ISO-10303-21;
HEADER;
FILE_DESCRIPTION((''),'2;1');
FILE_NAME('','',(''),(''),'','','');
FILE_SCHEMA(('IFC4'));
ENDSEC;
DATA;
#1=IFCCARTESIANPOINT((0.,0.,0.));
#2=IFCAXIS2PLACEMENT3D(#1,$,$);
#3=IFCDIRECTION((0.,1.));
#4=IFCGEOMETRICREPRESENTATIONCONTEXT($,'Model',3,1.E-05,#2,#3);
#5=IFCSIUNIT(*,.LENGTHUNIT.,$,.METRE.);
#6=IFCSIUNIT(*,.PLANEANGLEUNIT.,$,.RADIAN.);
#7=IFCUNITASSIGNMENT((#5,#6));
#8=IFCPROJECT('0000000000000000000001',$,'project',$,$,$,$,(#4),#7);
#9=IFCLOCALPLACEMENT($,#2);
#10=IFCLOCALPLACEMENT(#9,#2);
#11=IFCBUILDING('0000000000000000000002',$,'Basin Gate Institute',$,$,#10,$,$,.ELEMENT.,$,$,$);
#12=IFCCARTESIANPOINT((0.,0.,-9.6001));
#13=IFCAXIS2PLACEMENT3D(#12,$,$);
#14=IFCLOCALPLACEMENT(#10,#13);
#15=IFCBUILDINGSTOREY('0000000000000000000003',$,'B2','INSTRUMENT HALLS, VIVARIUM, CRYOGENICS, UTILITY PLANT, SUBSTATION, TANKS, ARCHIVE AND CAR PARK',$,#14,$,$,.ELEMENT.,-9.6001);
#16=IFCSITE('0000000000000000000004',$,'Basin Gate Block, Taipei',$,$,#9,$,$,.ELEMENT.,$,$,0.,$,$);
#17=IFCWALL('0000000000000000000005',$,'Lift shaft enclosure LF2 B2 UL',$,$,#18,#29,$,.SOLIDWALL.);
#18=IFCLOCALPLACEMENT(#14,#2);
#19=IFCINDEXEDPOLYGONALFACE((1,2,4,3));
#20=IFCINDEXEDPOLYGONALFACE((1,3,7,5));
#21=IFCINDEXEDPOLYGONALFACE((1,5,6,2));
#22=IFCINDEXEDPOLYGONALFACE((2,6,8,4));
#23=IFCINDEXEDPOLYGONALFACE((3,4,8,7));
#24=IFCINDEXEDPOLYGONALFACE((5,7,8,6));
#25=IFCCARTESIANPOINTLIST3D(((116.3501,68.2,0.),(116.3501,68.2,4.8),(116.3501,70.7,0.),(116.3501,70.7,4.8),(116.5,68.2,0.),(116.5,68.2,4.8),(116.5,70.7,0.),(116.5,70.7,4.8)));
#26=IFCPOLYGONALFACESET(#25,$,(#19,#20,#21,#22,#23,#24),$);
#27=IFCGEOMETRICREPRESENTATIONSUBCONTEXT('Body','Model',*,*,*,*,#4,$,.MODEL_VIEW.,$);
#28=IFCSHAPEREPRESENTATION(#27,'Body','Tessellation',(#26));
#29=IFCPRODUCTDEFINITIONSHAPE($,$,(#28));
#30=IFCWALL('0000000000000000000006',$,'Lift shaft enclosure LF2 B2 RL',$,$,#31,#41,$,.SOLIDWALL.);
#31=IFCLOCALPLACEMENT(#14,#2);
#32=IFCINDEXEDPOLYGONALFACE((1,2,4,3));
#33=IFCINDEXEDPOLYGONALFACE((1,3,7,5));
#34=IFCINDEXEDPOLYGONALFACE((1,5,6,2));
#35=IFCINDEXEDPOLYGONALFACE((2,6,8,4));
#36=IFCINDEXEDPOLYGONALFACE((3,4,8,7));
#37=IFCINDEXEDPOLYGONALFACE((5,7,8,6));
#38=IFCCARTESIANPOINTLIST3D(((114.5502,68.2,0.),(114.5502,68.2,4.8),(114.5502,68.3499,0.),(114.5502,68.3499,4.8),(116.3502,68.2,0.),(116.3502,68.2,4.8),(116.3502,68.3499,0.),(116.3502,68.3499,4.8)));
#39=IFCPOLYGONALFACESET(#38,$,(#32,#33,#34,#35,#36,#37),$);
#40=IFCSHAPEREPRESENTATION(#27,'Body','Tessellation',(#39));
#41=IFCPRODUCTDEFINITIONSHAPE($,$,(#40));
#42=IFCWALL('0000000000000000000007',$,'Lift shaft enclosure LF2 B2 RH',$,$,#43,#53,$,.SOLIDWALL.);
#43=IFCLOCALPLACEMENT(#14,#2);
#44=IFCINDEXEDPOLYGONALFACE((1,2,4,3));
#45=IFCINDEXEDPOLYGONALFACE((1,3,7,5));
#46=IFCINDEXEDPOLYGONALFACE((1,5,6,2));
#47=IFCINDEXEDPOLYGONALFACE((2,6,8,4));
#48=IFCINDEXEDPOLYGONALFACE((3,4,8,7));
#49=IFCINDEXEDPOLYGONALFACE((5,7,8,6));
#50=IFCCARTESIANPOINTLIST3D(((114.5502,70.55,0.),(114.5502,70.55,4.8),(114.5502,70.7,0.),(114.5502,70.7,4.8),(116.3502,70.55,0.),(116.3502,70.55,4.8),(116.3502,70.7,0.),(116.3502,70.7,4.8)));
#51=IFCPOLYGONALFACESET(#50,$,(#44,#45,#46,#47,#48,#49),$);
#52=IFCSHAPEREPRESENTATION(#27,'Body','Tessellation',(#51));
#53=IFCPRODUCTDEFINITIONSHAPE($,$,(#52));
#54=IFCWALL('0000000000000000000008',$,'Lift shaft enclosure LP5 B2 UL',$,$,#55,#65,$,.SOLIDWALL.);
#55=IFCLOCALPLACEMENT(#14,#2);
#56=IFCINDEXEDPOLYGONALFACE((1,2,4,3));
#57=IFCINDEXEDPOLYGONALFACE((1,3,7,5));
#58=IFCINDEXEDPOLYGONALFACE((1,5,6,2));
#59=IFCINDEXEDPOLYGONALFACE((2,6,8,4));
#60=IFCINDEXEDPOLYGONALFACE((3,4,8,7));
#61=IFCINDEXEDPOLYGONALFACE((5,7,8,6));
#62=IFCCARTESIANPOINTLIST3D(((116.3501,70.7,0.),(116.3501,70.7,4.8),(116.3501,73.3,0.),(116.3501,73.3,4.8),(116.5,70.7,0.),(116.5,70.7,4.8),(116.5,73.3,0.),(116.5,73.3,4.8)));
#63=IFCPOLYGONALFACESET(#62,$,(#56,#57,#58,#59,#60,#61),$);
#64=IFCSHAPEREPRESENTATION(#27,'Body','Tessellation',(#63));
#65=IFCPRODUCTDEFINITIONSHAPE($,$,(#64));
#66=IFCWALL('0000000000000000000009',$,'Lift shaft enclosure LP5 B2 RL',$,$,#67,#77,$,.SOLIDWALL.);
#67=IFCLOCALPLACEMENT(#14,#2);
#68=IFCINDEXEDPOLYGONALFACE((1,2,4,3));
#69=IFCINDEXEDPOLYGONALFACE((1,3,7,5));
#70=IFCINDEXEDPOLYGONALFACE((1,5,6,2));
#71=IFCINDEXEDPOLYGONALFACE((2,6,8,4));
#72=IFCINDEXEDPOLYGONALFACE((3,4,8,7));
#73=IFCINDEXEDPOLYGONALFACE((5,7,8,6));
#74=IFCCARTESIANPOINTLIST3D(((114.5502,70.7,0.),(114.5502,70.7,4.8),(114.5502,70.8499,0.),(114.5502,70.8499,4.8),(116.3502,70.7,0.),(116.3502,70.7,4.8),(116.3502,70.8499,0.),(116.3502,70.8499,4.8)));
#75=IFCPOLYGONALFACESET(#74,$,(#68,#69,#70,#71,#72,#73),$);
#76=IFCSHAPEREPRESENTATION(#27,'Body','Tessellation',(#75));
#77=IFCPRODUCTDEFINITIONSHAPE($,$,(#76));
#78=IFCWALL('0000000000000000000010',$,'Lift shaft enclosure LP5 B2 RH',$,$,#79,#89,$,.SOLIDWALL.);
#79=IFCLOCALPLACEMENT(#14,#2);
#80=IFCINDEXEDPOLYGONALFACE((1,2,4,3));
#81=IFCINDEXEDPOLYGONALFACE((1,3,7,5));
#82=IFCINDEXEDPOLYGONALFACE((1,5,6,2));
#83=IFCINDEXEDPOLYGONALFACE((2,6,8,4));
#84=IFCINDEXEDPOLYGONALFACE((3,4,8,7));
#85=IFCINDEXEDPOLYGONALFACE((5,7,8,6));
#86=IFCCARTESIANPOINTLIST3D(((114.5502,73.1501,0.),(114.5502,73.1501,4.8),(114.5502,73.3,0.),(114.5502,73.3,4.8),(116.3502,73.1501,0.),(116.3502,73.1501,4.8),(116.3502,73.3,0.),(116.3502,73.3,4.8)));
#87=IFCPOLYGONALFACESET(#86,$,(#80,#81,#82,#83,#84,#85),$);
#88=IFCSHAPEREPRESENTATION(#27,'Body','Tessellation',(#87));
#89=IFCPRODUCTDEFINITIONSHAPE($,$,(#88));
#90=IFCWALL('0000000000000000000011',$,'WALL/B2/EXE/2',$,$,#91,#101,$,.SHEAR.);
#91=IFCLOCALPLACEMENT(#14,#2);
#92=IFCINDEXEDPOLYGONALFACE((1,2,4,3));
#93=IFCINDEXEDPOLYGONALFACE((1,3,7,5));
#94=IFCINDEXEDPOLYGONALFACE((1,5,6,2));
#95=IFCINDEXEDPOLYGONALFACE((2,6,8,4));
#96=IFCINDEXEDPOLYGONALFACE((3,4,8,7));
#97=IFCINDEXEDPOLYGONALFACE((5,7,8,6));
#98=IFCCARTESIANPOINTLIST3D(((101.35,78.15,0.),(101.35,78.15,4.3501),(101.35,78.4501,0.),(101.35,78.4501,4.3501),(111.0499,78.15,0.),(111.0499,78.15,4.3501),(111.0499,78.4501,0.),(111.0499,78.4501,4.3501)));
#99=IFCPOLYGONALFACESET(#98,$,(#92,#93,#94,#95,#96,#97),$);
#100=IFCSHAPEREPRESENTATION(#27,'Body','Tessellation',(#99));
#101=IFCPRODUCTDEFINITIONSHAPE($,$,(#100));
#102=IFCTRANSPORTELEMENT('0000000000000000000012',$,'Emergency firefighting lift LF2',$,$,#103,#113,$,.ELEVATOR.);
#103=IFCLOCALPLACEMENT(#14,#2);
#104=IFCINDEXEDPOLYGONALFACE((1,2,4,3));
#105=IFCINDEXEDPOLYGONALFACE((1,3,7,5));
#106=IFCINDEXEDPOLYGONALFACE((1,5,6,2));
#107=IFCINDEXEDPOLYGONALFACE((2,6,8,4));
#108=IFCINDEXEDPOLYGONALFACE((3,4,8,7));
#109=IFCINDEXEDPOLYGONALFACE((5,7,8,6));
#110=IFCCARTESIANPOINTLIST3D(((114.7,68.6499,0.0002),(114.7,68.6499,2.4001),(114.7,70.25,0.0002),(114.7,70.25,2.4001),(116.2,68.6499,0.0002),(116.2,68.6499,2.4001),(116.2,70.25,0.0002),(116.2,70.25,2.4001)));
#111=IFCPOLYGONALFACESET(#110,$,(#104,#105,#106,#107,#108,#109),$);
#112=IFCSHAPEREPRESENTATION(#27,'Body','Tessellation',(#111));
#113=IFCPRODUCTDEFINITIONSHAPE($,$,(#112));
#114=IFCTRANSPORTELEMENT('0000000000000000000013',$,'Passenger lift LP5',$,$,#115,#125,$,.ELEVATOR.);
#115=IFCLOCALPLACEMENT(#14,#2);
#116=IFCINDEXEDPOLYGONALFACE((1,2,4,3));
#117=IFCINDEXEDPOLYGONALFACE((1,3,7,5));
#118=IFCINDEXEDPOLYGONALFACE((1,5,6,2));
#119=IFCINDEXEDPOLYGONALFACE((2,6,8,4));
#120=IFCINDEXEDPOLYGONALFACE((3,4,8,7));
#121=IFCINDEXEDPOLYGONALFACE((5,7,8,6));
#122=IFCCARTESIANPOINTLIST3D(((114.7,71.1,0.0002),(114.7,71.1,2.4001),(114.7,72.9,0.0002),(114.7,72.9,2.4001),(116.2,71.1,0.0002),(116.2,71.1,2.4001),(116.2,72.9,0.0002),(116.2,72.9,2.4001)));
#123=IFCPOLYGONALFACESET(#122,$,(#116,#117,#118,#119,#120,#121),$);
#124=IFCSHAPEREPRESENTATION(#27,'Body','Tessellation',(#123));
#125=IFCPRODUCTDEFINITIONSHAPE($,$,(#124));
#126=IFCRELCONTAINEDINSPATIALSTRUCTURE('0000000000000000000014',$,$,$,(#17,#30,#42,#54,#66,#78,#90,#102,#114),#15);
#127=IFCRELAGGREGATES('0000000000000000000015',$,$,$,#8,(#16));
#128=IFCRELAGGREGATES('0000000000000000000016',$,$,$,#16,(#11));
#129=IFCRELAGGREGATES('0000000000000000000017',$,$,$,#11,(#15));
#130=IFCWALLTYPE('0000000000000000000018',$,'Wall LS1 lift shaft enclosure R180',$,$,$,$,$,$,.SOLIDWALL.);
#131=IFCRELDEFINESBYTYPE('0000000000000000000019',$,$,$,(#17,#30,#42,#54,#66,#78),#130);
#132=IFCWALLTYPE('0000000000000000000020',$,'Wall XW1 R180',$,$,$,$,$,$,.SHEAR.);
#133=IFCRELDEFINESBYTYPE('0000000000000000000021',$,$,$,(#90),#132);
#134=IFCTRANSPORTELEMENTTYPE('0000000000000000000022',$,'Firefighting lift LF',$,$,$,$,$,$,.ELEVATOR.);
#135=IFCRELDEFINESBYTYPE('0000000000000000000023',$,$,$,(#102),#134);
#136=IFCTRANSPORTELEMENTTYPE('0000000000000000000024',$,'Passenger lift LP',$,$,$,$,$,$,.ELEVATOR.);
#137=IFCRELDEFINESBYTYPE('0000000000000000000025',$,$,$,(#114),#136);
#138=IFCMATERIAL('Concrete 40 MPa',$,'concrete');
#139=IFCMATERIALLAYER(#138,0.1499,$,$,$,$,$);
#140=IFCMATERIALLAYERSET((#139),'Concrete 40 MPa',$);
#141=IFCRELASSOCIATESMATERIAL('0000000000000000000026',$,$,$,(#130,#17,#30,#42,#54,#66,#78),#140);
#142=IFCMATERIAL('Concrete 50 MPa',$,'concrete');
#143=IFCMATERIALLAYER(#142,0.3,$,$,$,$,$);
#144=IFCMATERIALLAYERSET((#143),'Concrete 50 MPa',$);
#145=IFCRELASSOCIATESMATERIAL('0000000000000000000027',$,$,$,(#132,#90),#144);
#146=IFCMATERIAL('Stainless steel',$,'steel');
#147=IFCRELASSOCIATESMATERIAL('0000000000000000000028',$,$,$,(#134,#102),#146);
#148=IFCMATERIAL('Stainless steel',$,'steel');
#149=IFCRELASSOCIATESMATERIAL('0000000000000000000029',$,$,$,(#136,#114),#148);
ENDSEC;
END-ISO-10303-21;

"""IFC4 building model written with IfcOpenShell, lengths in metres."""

from ifc_helpers import new_model, si_unit, direction, frame, frame_2d, origin, origin_2d, place, context, subcontext, project, spatial, rectangle, extrude, material, layer, layer_set, type_object, element, save


model = new_model("IFC4")

# Units and contexts
model_context = context("Model", 3, precision=1e-05, world=origin(), true_north=direction((0.0, 1.0)))
body_context = subcontext(model_context, "Body", "Model", "MODEL_VIEW")
ifc_project = project(units=[si_unit("LENGTHUNIT", "METRE"), si_unit("PLANEANGLEUNIT", "RADIAN")], contexts=[model_context])

# Site, building, storey
site_placement = place(None, origin())
site = spatial("IfcSite", under=ifc_project, at=site_placement, Name="Basin Gate Block, Taipei", CompositionType="ELEMENT", RefElevation=0.0)
building_placement = place(site_placement, origin())
building = spatial("IfcBuilding", under=site, at=building_placement, Name="Basin Gate Institute", CompositionType="ELEMENT")
storey_placement = place(building_placement, frame((0.0, 0.0, -9.6001)))
storey = spatial("IfcBuildingStorey", under=building, at=storey_placement, Name="B2", Description="INSTRUMENT HALLS, VIVARIUM, CRYOGENICS, UTILITY PLANT, SUBSTATION, TANKS, ARCHIVE AND CAR PARK", CompositionType="ELEMENT", Elevation=-9.6001)

# Walls
ifc_material_1 = material(Name="Concrete 40 MPa", Category="concrete")
ifc_layer_1 = layer(ifc_material_1, 0.1499)
ifc_layer_set_1 = layer_set([ifc_layer_1], Name="Concrete 40 MPa")
wall_type_1 = type_object("IfcWallType", Name="Wall LS1 lift shaft enclosure R180", PredefinedType="SOLIDWALL", material=ifc_layer_set_1)
wall_1_placement = place(storey_placement, frame((116.425, 68.2, 0.0), z_axis=(0.0, 0.0, 1.0), x_axis=(0.0, 1.0, 0.0)))
element("IfcWall", 1, at=wall_1_placement, inside=storey, type_object=wall_type_1, material=ifc_layer_set_1, Name="Lift shaft enclosure LF2 B2 UL", PredefinedType="SOLIDWALL", context=body_context, shape_type="SweptSolid", body=[
    extrude(rectangle(XDim=2.5, YDim=0.1499, at=frame_2d((1.25, 0.0))), origin(), (0.0, 0.0, 1.0), 4.8),
])
for number, where, z_axis, x_axis, name in (
    (2, (116.3501, 68.2749, 0.0), (0.0, 0.0, 1.0), (-1.0, 0.0, 0.0), "Lift shaft enclosure LF2 B2 RL"),
    (3, (116.3501, 70.625, 0.0), (0.0, 0.0, 1.0), (-1.0, 0.0, 0.0), "Lift shaft enclosure LF2 B2 RH"),
):
    element("IfcWall", number, at=place(storey_placement, frame(where, z_axis=z_axis, x_axis=x_axis)), inside=storey, type_object=wall_type_1, material=ifc_layer_set_1, Name=name, PredefinedType="SOLIDWALL", context=body_context, shape_type="SweptSolid", body=[
        extrude(rectangle(XDim=1.8, YDim=0.1499, at=frame_2d((0.8999, 0.0))), origin(), (0.0, 0.0, 1.0), 4.8),
    ])
wall_2_placement = place(storey_placement, frame((116.425, 70.7, 0.0), z_axis=(0.0, 0.0, 1.0), x_axis=(0.0, 1.0, 0.0)))
element("IfcWall", 4, at=wall_2_placement, inside=storey, type_object=wall_type_1, material=ifc_layer_set_1, Name="Lift shaft enclosure LP5 B2 UL", PredefinedType="SOLIDWALL", context=body_context, shape_type="SweptSolid", body=[
    extrude(rectangle(XDim=2.6001, YDim=0.1499, at=frame_2d((1.3, 0.0))), origin(), (0.0, 0.0, 1.0), 4.8),
])
for number, where, z_axis, x_axis, name in (
    (5, (116.3501, 70.7749, 0.0), (0.0, 0.0, 1.0), (-1.0, 0.0, 0.0), "Lift shaft enclosure LP5 B2 RL"),
    (6, (116.3501, 73.2251, 0.0), (0.0, 0.0, 1.0), (-1.0, 0.0, 0.0), "Lift shaft enclosure LP5 B2 RH"),
):
    element("IfcWall", number, at=place(storey_placement, frame(where, z_axis=z_axis, x_axis=x_axis)), inside=storey, type_object=wall_type_1, material=ifc_layer_set_1, Name=name, PredefinedType="SOLIDWALL", context=body_context, shape_type="SweptSolid", body=[
        extrude(rectangle(XDim=1.8, YDim=0.1499, at=frame_2d((0.8999, 0.0))), origin(), (0.0, 0.0, 1.0), 4.8),
    ])
ifc_material_2 = material(Name="Concrete 50 MPa", Category="concrete")
ifc_layer_2 = layer(ifc_material_2, 0.3)
ifc_layer_set_2 = layer_set([ifc_layer_2], Name="Concrete 50 MPa")
wall_type_2 = type_object("IfcWallType", Name="Wall XW1 R180", PredefinedType="SHEAR", material=ifc_layer_set_2)
wall_3_placement = place(storey_placement, frame((111.05, 78.3, 0.0), z_axis=(0.0, 0.0, 1.0), x_axis=(-1.0, 0.0, 0.0)))
element("IfcWall", 7, at=wall_3_placement, inside=storey, type_object=wall_type_2, material=ifc_layer_set_2, Name="WALL/B2/EXE/2", PredefinedType="SHEAR", context=body_context, shape_type="SweptSolid", body=[
    extrude(rectangle(XDim=9.7, YDim=0.3, at=frame_2d((4.8501, 0.0))), origin(), (0.0, 0.0, 1.0), 4.3501),
])

# Transport elements
ifc_material_3 = material(Name="Stainless steel", Category="steel")
transport_element_type_1 = type_object("IfcTransportElementType", Name="Firefighting lift LF", PredefinedType="ELEVATOR", material=ifc_material_3)
transport_element_1_placement = place(storey_placement, frame((115.45, 69.45, 0.0002), z_axis=(0.0, 0.0, 1.0), x_axis=(1.0, 0.0, 0.0)))
element("IfcTransportElement", 8, at=transport_element_1_placement, inside=storey, type_object=transport_element_type_1, material=ifc_material_3, Name="Emergency firefighting lift LF2", PredefinedType="ELEVATOR", context=body_context, shape_type="SweptSolid", body=[
    extrude(rectangle(XDim=1.5, YDim=1.6001, at=origin_2d()), origin(), (0.0, 0.0, 1.0), 2.3999),
])
ifc_material_4 = material(Name="Stainless steel", Category="steel")
transport_element_type_2 = type_object("IfcTransportElementType", Name="Passenger lift LP", PredefinedType="ELEVATOR", material=ifc_material_4)
transport_element_2_placement = place(storey_placement, frame((115.45, 72.0, 0.0002), z_axis=(0.0, 0.0, 1.0), x_axis=(1.0, 0.0, 0.0)))
element("IfcTransportElement", 9, at=transport_element_2_placement, inside=storey, type_object=transport_element_type_2, material=ifc_material_4, Name="Passenger lift LP5", PredefinedType="ELEVATOR", context=body_context, shape_type="SweptSolid", body=[
    extrude(rectangle(XDim=1.5, YDim=1.8, at=origin_2d()), origin(), (0.0, 0.0, 1.0), 2.3999),
])

save(model, "model.ifc")
